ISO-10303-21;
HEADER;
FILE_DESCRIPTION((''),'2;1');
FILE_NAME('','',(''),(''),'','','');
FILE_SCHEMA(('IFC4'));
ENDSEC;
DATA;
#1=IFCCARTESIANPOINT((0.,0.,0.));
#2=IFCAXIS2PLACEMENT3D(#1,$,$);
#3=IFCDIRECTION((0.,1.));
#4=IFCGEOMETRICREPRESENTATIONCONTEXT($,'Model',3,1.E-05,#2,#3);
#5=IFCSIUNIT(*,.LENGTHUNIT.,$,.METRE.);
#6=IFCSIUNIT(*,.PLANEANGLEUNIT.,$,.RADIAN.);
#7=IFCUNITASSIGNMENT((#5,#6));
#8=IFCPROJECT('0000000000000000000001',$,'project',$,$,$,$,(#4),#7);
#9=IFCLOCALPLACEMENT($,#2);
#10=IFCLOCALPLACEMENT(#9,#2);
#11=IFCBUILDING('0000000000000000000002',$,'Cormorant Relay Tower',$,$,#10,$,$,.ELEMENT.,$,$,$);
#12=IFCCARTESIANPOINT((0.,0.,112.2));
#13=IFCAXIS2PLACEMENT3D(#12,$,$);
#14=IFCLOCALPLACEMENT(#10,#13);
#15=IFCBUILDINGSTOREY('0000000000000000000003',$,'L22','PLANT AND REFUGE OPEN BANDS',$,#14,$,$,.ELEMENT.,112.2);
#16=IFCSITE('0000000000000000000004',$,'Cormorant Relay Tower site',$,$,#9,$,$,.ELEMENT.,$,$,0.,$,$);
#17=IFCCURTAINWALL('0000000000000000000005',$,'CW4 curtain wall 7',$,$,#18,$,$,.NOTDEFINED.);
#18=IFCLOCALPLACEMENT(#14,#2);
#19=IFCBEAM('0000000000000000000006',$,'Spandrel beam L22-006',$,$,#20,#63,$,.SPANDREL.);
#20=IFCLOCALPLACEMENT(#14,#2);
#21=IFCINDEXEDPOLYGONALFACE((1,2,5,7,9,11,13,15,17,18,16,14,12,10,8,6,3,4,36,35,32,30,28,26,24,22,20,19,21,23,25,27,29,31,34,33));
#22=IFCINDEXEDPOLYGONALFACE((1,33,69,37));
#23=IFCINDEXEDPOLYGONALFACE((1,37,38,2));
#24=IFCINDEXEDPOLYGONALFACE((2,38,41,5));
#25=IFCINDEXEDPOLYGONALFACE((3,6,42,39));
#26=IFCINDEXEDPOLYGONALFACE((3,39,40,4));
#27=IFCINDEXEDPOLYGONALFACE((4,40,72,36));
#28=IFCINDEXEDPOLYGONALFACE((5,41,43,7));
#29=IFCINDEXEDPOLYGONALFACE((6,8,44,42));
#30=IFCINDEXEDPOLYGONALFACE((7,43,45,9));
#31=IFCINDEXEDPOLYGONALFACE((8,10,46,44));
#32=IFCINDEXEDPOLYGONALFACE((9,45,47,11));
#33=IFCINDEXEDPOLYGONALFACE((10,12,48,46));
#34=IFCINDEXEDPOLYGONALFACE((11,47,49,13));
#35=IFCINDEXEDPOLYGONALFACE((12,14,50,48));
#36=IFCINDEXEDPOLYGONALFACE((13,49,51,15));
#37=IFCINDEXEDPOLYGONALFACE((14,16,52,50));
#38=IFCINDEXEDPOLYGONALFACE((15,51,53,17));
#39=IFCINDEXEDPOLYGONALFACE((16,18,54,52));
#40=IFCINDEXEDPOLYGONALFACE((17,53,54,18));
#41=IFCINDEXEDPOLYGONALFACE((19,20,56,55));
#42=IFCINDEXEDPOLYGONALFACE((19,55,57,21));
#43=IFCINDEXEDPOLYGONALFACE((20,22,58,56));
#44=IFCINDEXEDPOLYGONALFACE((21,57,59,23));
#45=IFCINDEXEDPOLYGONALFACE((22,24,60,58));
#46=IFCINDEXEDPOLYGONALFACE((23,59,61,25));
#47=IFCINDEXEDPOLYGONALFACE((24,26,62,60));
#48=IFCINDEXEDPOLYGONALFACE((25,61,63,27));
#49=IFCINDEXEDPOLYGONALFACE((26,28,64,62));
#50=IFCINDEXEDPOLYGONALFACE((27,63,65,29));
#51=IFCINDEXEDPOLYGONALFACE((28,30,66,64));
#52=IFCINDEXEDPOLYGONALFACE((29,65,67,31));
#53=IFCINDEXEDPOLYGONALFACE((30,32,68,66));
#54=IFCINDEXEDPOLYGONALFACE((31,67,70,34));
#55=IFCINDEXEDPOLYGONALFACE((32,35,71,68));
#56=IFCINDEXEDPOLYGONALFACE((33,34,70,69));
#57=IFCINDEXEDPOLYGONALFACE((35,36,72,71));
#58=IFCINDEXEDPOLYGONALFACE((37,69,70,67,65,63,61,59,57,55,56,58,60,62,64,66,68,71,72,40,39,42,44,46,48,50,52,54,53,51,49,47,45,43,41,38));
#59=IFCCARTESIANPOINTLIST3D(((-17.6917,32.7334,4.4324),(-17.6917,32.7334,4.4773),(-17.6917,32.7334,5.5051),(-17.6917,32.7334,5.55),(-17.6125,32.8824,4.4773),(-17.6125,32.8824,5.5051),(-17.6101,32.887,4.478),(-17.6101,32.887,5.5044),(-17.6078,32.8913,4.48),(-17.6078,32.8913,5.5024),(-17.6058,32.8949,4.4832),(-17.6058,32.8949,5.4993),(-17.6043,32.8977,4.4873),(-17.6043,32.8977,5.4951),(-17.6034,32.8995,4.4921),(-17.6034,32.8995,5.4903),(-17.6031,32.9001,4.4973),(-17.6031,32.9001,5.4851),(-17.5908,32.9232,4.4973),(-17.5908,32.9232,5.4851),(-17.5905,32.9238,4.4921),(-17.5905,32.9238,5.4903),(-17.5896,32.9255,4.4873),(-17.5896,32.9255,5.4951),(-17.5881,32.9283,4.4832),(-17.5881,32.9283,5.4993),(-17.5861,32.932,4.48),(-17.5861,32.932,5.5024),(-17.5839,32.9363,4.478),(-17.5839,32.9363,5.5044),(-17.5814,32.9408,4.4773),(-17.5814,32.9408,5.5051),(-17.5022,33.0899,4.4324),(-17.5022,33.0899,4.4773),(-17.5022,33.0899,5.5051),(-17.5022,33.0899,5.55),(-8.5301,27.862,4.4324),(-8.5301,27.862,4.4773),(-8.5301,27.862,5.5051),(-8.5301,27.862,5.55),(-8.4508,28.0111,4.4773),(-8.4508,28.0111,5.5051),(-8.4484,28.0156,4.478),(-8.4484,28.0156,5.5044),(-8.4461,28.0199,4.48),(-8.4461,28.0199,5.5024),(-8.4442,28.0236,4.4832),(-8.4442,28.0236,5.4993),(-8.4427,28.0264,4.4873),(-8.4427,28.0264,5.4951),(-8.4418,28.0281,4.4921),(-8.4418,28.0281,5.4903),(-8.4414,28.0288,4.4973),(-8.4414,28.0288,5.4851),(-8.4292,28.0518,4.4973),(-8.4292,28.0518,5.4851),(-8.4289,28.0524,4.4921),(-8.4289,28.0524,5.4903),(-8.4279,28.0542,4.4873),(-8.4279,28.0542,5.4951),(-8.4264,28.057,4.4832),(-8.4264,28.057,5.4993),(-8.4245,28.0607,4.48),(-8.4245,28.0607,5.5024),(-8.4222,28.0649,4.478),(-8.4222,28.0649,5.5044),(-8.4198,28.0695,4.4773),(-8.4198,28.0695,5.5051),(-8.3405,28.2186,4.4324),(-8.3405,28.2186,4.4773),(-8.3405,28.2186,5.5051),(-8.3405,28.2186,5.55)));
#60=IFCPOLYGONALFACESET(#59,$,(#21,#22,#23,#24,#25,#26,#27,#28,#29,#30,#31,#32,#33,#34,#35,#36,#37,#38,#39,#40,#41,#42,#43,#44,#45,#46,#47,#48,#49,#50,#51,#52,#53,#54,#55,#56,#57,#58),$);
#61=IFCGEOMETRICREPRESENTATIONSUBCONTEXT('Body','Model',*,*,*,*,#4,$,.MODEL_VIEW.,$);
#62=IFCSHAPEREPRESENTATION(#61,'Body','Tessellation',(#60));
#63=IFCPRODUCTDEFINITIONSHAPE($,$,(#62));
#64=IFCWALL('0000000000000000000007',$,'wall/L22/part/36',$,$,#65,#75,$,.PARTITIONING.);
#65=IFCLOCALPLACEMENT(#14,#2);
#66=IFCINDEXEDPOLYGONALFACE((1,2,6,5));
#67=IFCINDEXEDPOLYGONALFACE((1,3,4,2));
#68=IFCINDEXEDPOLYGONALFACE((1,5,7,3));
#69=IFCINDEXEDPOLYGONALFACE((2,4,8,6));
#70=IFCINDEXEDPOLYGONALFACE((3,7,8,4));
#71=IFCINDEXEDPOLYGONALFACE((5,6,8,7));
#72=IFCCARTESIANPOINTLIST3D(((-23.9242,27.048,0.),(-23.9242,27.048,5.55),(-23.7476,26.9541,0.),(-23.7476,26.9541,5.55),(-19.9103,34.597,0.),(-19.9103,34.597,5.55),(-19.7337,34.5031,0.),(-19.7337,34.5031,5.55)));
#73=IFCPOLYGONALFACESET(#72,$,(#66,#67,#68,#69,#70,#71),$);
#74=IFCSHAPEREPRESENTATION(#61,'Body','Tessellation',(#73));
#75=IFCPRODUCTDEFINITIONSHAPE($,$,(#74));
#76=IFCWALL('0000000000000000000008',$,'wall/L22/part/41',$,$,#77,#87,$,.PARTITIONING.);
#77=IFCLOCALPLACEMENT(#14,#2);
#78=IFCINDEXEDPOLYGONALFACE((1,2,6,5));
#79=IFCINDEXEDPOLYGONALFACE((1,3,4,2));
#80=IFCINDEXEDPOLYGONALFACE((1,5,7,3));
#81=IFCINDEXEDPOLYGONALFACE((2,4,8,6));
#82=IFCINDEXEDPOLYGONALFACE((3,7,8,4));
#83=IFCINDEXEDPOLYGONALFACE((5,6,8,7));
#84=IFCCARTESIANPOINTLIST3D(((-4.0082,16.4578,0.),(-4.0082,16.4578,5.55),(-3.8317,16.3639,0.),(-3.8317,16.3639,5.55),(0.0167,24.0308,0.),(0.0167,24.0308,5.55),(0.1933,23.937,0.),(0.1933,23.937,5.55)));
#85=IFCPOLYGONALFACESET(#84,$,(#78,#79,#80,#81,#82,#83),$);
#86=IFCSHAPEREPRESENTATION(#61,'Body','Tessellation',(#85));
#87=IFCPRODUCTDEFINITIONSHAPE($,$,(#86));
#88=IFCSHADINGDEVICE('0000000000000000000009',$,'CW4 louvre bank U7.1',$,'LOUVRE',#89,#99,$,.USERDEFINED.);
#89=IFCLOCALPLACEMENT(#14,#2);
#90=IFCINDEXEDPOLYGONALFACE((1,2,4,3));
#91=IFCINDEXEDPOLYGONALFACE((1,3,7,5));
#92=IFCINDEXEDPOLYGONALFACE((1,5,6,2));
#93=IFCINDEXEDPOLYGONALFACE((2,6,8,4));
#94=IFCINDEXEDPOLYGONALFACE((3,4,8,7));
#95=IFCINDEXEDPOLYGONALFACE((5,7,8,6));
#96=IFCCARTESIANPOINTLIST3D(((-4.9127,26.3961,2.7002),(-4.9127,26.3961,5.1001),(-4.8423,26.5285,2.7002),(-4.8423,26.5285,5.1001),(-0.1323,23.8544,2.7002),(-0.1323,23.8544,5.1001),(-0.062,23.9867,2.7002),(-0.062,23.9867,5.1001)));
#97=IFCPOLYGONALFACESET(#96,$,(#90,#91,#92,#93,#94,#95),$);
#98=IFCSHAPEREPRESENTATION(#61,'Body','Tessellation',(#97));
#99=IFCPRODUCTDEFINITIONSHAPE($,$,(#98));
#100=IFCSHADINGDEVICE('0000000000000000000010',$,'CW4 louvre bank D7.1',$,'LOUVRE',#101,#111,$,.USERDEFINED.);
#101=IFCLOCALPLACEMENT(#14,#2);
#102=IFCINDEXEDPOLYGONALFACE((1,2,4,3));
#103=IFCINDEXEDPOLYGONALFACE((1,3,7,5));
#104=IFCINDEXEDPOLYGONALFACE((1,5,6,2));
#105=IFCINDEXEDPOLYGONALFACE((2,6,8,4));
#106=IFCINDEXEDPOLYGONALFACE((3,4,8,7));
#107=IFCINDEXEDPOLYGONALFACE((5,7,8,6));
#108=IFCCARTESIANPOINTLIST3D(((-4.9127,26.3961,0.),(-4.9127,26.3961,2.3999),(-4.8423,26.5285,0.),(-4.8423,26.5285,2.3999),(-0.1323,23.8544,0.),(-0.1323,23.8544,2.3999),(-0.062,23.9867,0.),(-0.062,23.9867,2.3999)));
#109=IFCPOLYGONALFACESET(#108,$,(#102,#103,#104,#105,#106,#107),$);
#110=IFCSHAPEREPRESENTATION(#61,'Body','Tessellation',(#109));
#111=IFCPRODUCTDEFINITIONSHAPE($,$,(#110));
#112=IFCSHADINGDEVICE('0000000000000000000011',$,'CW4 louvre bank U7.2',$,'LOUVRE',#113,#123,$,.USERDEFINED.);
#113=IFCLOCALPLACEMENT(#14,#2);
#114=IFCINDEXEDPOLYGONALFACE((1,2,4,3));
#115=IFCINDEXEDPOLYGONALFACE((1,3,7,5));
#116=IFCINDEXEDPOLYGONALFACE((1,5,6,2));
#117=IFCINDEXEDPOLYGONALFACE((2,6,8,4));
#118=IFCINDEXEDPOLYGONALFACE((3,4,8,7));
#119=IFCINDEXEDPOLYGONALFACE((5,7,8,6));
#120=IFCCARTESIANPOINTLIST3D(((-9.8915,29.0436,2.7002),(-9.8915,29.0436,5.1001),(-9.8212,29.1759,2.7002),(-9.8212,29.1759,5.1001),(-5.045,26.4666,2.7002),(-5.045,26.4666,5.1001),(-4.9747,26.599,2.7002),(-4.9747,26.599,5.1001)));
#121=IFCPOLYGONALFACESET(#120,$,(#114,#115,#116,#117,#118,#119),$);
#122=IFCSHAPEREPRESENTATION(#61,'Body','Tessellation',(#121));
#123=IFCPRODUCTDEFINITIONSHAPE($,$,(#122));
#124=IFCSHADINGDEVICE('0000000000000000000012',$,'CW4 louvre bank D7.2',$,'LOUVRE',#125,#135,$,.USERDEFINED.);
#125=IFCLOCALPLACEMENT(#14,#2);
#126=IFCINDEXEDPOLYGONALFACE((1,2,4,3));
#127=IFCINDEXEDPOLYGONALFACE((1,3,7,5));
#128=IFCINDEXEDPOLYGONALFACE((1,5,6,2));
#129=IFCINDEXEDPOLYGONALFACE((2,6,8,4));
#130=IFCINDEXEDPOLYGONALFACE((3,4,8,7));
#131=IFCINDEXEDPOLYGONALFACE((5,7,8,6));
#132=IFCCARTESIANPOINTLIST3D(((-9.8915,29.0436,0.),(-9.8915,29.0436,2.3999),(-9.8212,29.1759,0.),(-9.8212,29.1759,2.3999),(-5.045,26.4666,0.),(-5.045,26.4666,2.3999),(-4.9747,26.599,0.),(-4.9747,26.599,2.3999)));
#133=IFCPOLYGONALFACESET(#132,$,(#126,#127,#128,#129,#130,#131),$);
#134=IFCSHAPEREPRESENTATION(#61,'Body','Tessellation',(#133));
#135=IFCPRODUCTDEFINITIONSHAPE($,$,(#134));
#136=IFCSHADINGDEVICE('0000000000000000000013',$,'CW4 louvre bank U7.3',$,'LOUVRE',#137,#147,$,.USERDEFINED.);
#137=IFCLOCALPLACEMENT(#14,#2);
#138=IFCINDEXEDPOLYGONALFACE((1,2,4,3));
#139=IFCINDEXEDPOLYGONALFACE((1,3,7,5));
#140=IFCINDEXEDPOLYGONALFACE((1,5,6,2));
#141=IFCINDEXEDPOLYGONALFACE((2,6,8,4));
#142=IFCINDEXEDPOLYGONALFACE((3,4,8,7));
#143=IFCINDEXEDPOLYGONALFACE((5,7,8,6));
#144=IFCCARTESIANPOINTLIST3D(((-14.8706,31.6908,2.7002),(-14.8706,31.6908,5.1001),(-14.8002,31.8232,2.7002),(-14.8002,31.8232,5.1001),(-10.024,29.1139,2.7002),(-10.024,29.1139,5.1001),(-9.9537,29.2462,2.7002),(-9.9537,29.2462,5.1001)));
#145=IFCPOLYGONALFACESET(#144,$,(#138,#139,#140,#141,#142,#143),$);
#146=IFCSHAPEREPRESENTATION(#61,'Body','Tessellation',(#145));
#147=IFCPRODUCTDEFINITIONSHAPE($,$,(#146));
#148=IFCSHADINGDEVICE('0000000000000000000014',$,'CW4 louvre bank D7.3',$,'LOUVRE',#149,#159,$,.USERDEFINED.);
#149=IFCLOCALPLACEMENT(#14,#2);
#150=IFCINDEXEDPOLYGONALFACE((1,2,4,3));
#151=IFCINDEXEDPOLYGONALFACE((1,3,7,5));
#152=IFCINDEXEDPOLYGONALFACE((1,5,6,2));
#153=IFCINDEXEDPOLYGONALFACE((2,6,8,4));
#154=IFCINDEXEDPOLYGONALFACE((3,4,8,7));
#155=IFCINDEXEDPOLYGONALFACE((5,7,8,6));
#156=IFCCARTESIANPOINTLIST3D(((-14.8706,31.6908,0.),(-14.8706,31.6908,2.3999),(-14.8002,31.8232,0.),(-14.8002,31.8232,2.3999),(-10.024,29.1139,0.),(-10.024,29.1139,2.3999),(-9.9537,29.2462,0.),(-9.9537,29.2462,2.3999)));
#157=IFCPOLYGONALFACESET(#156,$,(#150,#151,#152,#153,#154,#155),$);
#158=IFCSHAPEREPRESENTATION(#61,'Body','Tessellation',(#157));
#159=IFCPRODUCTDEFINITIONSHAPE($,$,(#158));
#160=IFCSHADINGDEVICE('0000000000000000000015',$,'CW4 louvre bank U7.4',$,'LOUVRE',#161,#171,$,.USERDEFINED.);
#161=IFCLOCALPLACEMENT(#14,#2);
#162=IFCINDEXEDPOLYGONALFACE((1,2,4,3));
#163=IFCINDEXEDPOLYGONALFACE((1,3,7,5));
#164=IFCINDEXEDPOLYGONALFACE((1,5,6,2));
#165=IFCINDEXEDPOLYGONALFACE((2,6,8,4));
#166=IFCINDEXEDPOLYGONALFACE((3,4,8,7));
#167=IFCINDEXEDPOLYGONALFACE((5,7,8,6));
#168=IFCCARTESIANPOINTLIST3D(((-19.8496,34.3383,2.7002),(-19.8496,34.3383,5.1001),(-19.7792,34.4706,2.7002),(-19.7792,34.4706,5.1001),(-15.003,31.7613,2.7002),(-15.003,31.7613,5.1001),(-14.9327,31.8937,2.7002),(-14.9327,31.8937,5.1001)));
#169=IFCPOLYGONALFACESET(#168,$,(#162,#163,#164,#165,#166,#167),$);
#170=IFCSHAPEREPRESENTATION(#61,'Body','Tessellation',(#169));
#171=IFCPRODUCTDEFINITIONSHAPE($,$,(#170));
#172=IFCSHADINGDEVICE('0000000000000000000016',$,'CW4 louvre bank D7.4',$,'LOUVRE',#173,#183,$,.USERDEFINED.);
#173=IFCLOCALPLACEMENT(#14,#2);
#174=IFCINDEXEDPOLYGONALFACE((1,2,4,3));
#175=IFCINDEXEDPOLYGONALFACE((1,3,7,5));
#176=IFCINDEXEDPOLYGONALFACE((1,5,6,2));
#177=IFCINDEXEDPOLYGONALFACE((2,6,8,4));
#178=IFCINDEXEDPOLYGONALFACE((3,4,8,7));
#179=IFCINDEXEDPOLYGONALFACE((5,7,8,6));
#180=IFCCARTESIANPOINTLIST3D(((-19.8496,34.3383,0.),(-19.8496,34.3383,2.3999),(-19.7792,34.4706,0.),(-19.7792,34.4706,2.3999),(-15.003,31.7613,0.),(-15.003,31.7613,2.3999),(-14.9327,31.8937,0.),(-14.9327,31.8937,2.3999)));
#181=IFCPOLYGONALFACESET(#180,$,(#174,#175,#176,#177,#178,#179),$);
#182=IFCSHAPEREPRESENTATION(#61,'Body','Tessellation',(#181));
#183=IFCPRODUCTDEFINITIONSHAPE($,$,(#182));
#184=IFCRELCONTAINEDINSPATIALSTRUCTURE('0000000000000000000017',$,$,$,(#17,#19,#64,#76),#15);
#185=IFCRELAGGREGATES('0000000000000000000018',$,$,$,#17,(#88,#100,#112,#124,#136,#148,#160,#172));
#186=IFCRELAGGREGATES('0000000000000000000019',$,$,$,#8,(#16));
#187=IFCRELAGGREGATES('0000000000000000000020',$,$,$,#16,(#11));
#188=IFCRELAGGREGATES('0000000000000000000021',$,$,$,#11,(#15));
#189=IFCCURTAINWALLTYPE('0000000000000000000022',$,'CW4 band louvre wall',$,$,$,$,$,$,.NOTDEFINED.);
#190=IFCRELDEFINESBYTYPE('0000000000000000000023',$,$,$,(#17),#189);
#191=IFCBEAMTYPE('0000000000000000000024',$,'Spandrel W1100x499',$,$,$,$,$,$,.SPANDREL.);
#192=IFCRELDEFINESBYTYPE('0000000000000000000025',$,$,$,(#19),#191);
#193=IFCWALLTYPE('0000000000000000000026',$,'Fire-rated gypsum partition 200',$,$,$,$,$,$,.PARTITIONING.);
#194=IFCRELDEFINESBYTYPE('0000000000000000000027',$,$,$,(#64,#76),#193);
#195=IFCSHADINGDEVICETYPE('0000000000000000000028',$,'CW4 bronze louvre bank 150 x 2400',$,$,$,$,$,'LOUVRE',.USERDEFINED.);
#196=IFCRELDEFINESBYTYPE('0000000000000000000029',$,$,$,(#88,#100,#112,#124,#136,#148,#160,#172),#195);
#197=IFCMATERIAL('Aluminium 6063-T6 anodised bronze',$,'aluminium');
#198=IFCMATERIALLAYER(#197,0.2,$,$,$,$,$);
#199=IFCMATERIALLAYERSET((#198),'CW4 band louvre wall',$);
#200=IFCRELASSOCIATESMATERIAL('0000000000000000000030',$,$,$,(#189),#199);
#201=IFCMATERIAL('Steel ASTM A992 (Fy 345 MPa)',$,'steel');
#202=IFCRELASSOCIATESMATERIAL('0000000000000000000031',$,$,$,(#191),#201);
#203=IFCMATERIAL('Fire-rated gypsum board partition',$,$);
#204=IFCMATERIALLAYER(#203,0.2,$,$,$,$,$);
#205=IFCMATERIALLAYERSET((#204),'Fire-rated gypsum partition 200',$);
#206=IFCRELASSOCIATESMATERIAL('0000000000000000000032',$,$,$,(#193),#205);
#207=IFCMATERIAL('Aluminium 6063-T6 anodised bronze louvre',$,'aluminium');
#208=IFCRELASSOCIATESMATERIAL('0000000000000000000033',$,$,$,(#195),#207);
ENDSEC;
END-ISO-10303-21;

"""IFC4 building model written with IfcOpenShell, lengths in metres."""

from ifc_helpers import new_model, si_unit, direction, frame, frame_2d, origin, origin_2d, place, context, subcontext, project, spatial, rectangle, i_section, extrude, material, layer, layer_set, material_profile, profile_set, type_object, element, aggregate, save


model = new_model("IFC4")

# Units and contexts
model_context = context("Model", 3, precision=1e-05, world=origin(), true_north=direction((0.0, 1.0)))
body_context = subcontext(model_context, "Body", "Model", "MODEL_VIEW")
ifc_project = project(units=[si_unit("LENGTHUNIT", "METRE"), si_unit("PLANEANGLEUNIT", "RADIAN")], contexts=[model_context])

# Site, building, storey
site_placement = place(None, origin())
site = spatial("IfcSite", under=ifc_project, at=site_placement, Name="Cormorant Relay Tower site", CompositionType="ELEMENT", RefElevation=0.0)
building_placement = place(site_placement, origin())
building = spatial("IfcBuilding", under=site, at=building_placement, Name="Cormorant Relay Tower", CompositionType="ELEMENT")
storey_placement = place(building_placement, frame((0.0, 0.0, 112.2)))
storey = spatial("IfcBuildingStorey", under=building, at=storey_placement, Name="L22", Description="PLANT AND REFUGE OPEN BANDS", CompositionType="ELEMENT", Elevation=112.2)

# Curtain wall
ifc_material_1 = material(Name="Aluminium 6063-T6 anodised bronze", Category="aluminium")
ifc_layer_1 = layer(ifc_material_1, 0.2)
ifc_layer_set_1 = layer_set([ifc_layer_1], Name="CW4 band louvre wall")
curtain_wall_type = type_object("IfcCurtainWallType", Name="CW4 band louvre wall", PredefinedType="NOTDEFINED", material=ifc_layer_set_1)
curtain_wall_placement = place(storey_placement, origin())
curtain_wall = element("IfcCurtainWall", 1, at=curtain_wall_placement, inside=storey, type_object=curtain_wall_type, Name="CW4 curtain wall 7", PredefinedType="NOTDEFINED")

# Beam
ifc_material_2 = material(Name="Steel ASTM A992 (Fy 345 MPa)", Category="steel")
ifc_material_profile_1 = material_profile(ifc_material_2, i_section(OverallWidth=0.4038, OverallDepth=1.1177, WebThickness=0.0261, FlangeThickness=0.0449, FilletRadius=0.02, at=origin_2d()), Name="W1100x499")
ifc_profile_set_1 = profile_set([ifc_material_profile_1], Name="Steel ASTM A992 (Fy 345 MPa)")
beam_type = type_object("IfcBeamType", Name="Spandrel W1100x499", PredefinedType="SPANDREL", material=ifc_profile_set_1)
beam_placement = place(storey_placement, frame((-8.4353, 28.0403, 4.9912), z_axis=(-0.882947, 0.469473, 0.0), x_axis=(-0.469473, -0.882947, 0.0)))
element("IfcBeam", 2, at=beam_placement, inside=storey, type_object=beam_type, Name="Spandrel beam L22-006", PredefinedType="SPANDREL", context=body_context, shape_type="SweptSolid", body=[
    extrude(i_section(OverallWidth=0.4038, OverallDepth=1.1177, WebThickness=0.0261, FlangeThickness=0.0449, FilletRadius=0.02, at=origin_2d()), origin(), (0.0, 0.0, 1.0), 10.3762),
])

# Walls
ifc_material_3 = material(Name="Fire-rated gypsum board partition")
ifc_layer_2 = layer(ifc_material_3, 0.2)
ifc_layer_set_2 = layer_set([ifc_layer_2], Name="Fire-rated gypsum partition 200")
wall_type = type_object("IfcWallType", Name="Fire-rated gypsum partition 200", PredefinedType="PARTITIONING", material=ifc_layer_set_2)
wall_1_placement = place(storey_placement, frame((-19.822, 34.55, 0.0), z_axis=(0.0, 0.0, 1.0), x_axis=(-0.469472, -0.882947, 0.0)))
element("IfcWall", 3, at=wall_1_placement, inside=storey, type_object=wall_type, Name="wall/L22/part/36", PredefinedType="PARTITIONING", context=body_context, shape_type="SweptSolid", body=[
    extrude(rectangle(XDim=8.5498, YDim=0.2, at=frame_2d((4.2749, 0.0))), origin(), (0.0, 0.0, 1.0), 5.55),
])
wall_2_placement = place(storey_placement, frame((0.105, 23.9839, 0.0), z_axis=(0.0, 0.0, 1.0), x_axis=(-0.469314, -0.883031, 0.0)))
element("IfcWall", 4, at=wall_2_placement, inside=storey, type_object=wall_type, Name="wall/L22/part/41", PredefinedType="PARTITIONING", context=body_context, shape_type="SweptSolid", body=[
    extrude(rectangle(XDim=8.5762, YDim=0.2, at=frame_2d((4.2881, 0.0))), origin(), (0.0, 0.0, 1.0), 5.55),
])

# Shading devices
ifc_material_4 = material(Name="Aluminium 6063-T6 anodised bronze louvre", Category="aluminium")
shading_device_type = type_object("IfcShadingDeviceType", Name="CW4 bronze louvre bank 150 x 2400", ElementType="LOUVRE", PredefinedType="USERDEFINED", material=ifc_material_4)
shading_device_1_placement = place(storey_placement, frame((-2.4873, 25.1914, 2.7002), z_axis=(0.0, 0.0, 1.0), x_axis=(-0.882948, 0.469472, 0.0)))
shading_device_1 = element("IfcShadingDevice", 5, at=shading_device_1_placement, type_object=shading_device_type, Name="CW4 louvre bank U7.1", ObjectType="LOUVRE", PredefinedType="USERDEFINED", context=body_context, shape_type="SweptSolid", body=[
    extrude(rectangle(XDim=5.4141, YDim=0.1499, at=origin_2d()), origin(), (0.0, 0.0, 1.0), 2.3999),
])
shading_device_2_placement = place(storey_placement, frame((-2.4873, 25.1914, 0.0), z_axis=(0.0, 0.0, 1.0), x_axis=(-0.882948, 0.469472, 0.0)))
shading_device_2 = element("IfcShadingDevice", 6, at=shading_device_2_placement, type_object=shading_device_type, Name="CW4 louvre bank D7.1", ObjectType="LOUVRE", PredefinedType="USERDEFINED", context=body_context, shape_type="SweptSolid", body=[
    extrude(rectangle(XDim=5.4141, YDim=0.1499, at=origin_2d()), origin(), (0.0, 0.0, 1.0), 2.3999),
])
shading_device_3_placement = place(storey_placement, frame((-7.4331, 27.8213, 2.7002), z_axis=(0.0, 0.0, 1.0), x_axis=(-0.882948, 0.469472, 0.0)))
shading_device_3 = element("IfcShadingDevice", 7, at=shading_device_3_placement, type_object=shading_device_type, Name="CW4 louvre bank U7.2", ObjectType="LOUVRE", PredefinedType="USERDEFINED", context=body_context, shape_type="SweptSolid", body=[
    extrude(rectangle(XDim=5.489, YDim=0.1499, at=origin_2d()), origin(), (0.0, 0.0, 1.0), 2.3999),
])
shading_device_4_placement = place(storey_placement, frame((-7.4331, 27.8213, 0.0), z_axis=(0.0, 0.0, 1.0), x_axis=(-0.882948, 0.469472, 0.0)))
shading_device_4 = element("IfcShadingDevice", 8, at=shading_device_4_placement, type_object=shading_device_type, Name="CW4 louvre bank D7.2", ObjectType="LOUVRE", PredefinedType="USERDEFINED", context=body_context, shape_type="SweptSolid", body=[
    extrude(rectangle(XDim=5.489, YDim=0.1499, at=origin_2d()), origin(), (0.0, 0.0, 1.0), 2.3999),
])
shading_device_5_placement = place(storey_placement, frame((-12.4121, 30.4685, 2.7002), z_axis=(0.0, 0.0, 1.0), x_axis=(-0.882948, 0.469472, 0.0)))
shading_device_5 = element("IfcShadingDevice", 9, at=shading_device_5_placement, type_object=shading_device_type, Name="CW4 louvre bank U7.3", ObjectType="LOUVRE", PredefinedType="USERDEFINED", context=body_context, shape_type="SweptSolid", body=[
    extrude(rectangle(XDim=5.489, YDim=0.1499, at=origin_2d()), origin(), (0.0, 0.0, 1.0), 2.3999),
])
shading_device_6_placement = place(storey_placement, frame((-12.4121, 30.4685, 0.0), z_axis=(0.0, 0.0, 1.0), x_axis=(-0.882948, 0.469472, 0.0)))
shading_device_6 = element("IfcShadingDevice", 10, at=shading_device_6_placement, type_object=shading_device_type, Name="CW4 louvre bank D7.3", ObjectType="LOUVRE", PredefinedType="USERDEFINED", context=body_context, shape_type="SweptSolid", body=[
    extrude(rectangle(XDim=5.489, YDim=0.1499, at=origin_2d()), origin(), (0.0, 0.0, 1.0), 2.3999),
])
shading_device_7_placement = place(storey_placement, frame((-17.3911, 33.116, 2.7002), z_axis=(0.0, 0.0, 1.0), x_axis=(-0.882948, 0.469472, 0.0)))
shading_device_7 = element("IfcShadingDevice", 11, at=shading_device_7_placement, type_object=shading_device_type, Name="CW4 louvre bank U7.4", ObjectType="LOUVRE", PredefinedType="USERDEFINED", context=body_context, shape_type="SweptSolid", body=[
    extrude(rectangle(XDim=5.489, YDim=0.1499, at=origin_2d()), origin(), (0.0, 0.0, 1.0), 2.3999),
])
shading_device_8_placement = place(storey_placement, frame((-17.3911, 33.116, 0.0), z_axis=(0.0, 0.0, 1.0), x_axis=(-0.882948, 0.469472, 0.0)))
shading_device_8 = element("IfcShadingDevice", 12, at=shading_device_8_placement, type_object=shading_device_type, Name="CW4 louvre bank D7.4", ObjectType="LOUVRE", PredefinedType="USERDEFINED", context=body_context, shape_type="SweptSolid", body=[
    extrude(rectangle(XDim=5.489, YDim=0.1499, at=origin_2d()), origin(), (0.0, 0.0, 1.0), 2.3999),
])
aggregate(curtain_wall, [shading_device_1, shading_device_2, shading_device_3, shading_device_4, shading_device_5, shading_device_6, shading_device_7, shading_device_8])

save(model, "model.ifc")
